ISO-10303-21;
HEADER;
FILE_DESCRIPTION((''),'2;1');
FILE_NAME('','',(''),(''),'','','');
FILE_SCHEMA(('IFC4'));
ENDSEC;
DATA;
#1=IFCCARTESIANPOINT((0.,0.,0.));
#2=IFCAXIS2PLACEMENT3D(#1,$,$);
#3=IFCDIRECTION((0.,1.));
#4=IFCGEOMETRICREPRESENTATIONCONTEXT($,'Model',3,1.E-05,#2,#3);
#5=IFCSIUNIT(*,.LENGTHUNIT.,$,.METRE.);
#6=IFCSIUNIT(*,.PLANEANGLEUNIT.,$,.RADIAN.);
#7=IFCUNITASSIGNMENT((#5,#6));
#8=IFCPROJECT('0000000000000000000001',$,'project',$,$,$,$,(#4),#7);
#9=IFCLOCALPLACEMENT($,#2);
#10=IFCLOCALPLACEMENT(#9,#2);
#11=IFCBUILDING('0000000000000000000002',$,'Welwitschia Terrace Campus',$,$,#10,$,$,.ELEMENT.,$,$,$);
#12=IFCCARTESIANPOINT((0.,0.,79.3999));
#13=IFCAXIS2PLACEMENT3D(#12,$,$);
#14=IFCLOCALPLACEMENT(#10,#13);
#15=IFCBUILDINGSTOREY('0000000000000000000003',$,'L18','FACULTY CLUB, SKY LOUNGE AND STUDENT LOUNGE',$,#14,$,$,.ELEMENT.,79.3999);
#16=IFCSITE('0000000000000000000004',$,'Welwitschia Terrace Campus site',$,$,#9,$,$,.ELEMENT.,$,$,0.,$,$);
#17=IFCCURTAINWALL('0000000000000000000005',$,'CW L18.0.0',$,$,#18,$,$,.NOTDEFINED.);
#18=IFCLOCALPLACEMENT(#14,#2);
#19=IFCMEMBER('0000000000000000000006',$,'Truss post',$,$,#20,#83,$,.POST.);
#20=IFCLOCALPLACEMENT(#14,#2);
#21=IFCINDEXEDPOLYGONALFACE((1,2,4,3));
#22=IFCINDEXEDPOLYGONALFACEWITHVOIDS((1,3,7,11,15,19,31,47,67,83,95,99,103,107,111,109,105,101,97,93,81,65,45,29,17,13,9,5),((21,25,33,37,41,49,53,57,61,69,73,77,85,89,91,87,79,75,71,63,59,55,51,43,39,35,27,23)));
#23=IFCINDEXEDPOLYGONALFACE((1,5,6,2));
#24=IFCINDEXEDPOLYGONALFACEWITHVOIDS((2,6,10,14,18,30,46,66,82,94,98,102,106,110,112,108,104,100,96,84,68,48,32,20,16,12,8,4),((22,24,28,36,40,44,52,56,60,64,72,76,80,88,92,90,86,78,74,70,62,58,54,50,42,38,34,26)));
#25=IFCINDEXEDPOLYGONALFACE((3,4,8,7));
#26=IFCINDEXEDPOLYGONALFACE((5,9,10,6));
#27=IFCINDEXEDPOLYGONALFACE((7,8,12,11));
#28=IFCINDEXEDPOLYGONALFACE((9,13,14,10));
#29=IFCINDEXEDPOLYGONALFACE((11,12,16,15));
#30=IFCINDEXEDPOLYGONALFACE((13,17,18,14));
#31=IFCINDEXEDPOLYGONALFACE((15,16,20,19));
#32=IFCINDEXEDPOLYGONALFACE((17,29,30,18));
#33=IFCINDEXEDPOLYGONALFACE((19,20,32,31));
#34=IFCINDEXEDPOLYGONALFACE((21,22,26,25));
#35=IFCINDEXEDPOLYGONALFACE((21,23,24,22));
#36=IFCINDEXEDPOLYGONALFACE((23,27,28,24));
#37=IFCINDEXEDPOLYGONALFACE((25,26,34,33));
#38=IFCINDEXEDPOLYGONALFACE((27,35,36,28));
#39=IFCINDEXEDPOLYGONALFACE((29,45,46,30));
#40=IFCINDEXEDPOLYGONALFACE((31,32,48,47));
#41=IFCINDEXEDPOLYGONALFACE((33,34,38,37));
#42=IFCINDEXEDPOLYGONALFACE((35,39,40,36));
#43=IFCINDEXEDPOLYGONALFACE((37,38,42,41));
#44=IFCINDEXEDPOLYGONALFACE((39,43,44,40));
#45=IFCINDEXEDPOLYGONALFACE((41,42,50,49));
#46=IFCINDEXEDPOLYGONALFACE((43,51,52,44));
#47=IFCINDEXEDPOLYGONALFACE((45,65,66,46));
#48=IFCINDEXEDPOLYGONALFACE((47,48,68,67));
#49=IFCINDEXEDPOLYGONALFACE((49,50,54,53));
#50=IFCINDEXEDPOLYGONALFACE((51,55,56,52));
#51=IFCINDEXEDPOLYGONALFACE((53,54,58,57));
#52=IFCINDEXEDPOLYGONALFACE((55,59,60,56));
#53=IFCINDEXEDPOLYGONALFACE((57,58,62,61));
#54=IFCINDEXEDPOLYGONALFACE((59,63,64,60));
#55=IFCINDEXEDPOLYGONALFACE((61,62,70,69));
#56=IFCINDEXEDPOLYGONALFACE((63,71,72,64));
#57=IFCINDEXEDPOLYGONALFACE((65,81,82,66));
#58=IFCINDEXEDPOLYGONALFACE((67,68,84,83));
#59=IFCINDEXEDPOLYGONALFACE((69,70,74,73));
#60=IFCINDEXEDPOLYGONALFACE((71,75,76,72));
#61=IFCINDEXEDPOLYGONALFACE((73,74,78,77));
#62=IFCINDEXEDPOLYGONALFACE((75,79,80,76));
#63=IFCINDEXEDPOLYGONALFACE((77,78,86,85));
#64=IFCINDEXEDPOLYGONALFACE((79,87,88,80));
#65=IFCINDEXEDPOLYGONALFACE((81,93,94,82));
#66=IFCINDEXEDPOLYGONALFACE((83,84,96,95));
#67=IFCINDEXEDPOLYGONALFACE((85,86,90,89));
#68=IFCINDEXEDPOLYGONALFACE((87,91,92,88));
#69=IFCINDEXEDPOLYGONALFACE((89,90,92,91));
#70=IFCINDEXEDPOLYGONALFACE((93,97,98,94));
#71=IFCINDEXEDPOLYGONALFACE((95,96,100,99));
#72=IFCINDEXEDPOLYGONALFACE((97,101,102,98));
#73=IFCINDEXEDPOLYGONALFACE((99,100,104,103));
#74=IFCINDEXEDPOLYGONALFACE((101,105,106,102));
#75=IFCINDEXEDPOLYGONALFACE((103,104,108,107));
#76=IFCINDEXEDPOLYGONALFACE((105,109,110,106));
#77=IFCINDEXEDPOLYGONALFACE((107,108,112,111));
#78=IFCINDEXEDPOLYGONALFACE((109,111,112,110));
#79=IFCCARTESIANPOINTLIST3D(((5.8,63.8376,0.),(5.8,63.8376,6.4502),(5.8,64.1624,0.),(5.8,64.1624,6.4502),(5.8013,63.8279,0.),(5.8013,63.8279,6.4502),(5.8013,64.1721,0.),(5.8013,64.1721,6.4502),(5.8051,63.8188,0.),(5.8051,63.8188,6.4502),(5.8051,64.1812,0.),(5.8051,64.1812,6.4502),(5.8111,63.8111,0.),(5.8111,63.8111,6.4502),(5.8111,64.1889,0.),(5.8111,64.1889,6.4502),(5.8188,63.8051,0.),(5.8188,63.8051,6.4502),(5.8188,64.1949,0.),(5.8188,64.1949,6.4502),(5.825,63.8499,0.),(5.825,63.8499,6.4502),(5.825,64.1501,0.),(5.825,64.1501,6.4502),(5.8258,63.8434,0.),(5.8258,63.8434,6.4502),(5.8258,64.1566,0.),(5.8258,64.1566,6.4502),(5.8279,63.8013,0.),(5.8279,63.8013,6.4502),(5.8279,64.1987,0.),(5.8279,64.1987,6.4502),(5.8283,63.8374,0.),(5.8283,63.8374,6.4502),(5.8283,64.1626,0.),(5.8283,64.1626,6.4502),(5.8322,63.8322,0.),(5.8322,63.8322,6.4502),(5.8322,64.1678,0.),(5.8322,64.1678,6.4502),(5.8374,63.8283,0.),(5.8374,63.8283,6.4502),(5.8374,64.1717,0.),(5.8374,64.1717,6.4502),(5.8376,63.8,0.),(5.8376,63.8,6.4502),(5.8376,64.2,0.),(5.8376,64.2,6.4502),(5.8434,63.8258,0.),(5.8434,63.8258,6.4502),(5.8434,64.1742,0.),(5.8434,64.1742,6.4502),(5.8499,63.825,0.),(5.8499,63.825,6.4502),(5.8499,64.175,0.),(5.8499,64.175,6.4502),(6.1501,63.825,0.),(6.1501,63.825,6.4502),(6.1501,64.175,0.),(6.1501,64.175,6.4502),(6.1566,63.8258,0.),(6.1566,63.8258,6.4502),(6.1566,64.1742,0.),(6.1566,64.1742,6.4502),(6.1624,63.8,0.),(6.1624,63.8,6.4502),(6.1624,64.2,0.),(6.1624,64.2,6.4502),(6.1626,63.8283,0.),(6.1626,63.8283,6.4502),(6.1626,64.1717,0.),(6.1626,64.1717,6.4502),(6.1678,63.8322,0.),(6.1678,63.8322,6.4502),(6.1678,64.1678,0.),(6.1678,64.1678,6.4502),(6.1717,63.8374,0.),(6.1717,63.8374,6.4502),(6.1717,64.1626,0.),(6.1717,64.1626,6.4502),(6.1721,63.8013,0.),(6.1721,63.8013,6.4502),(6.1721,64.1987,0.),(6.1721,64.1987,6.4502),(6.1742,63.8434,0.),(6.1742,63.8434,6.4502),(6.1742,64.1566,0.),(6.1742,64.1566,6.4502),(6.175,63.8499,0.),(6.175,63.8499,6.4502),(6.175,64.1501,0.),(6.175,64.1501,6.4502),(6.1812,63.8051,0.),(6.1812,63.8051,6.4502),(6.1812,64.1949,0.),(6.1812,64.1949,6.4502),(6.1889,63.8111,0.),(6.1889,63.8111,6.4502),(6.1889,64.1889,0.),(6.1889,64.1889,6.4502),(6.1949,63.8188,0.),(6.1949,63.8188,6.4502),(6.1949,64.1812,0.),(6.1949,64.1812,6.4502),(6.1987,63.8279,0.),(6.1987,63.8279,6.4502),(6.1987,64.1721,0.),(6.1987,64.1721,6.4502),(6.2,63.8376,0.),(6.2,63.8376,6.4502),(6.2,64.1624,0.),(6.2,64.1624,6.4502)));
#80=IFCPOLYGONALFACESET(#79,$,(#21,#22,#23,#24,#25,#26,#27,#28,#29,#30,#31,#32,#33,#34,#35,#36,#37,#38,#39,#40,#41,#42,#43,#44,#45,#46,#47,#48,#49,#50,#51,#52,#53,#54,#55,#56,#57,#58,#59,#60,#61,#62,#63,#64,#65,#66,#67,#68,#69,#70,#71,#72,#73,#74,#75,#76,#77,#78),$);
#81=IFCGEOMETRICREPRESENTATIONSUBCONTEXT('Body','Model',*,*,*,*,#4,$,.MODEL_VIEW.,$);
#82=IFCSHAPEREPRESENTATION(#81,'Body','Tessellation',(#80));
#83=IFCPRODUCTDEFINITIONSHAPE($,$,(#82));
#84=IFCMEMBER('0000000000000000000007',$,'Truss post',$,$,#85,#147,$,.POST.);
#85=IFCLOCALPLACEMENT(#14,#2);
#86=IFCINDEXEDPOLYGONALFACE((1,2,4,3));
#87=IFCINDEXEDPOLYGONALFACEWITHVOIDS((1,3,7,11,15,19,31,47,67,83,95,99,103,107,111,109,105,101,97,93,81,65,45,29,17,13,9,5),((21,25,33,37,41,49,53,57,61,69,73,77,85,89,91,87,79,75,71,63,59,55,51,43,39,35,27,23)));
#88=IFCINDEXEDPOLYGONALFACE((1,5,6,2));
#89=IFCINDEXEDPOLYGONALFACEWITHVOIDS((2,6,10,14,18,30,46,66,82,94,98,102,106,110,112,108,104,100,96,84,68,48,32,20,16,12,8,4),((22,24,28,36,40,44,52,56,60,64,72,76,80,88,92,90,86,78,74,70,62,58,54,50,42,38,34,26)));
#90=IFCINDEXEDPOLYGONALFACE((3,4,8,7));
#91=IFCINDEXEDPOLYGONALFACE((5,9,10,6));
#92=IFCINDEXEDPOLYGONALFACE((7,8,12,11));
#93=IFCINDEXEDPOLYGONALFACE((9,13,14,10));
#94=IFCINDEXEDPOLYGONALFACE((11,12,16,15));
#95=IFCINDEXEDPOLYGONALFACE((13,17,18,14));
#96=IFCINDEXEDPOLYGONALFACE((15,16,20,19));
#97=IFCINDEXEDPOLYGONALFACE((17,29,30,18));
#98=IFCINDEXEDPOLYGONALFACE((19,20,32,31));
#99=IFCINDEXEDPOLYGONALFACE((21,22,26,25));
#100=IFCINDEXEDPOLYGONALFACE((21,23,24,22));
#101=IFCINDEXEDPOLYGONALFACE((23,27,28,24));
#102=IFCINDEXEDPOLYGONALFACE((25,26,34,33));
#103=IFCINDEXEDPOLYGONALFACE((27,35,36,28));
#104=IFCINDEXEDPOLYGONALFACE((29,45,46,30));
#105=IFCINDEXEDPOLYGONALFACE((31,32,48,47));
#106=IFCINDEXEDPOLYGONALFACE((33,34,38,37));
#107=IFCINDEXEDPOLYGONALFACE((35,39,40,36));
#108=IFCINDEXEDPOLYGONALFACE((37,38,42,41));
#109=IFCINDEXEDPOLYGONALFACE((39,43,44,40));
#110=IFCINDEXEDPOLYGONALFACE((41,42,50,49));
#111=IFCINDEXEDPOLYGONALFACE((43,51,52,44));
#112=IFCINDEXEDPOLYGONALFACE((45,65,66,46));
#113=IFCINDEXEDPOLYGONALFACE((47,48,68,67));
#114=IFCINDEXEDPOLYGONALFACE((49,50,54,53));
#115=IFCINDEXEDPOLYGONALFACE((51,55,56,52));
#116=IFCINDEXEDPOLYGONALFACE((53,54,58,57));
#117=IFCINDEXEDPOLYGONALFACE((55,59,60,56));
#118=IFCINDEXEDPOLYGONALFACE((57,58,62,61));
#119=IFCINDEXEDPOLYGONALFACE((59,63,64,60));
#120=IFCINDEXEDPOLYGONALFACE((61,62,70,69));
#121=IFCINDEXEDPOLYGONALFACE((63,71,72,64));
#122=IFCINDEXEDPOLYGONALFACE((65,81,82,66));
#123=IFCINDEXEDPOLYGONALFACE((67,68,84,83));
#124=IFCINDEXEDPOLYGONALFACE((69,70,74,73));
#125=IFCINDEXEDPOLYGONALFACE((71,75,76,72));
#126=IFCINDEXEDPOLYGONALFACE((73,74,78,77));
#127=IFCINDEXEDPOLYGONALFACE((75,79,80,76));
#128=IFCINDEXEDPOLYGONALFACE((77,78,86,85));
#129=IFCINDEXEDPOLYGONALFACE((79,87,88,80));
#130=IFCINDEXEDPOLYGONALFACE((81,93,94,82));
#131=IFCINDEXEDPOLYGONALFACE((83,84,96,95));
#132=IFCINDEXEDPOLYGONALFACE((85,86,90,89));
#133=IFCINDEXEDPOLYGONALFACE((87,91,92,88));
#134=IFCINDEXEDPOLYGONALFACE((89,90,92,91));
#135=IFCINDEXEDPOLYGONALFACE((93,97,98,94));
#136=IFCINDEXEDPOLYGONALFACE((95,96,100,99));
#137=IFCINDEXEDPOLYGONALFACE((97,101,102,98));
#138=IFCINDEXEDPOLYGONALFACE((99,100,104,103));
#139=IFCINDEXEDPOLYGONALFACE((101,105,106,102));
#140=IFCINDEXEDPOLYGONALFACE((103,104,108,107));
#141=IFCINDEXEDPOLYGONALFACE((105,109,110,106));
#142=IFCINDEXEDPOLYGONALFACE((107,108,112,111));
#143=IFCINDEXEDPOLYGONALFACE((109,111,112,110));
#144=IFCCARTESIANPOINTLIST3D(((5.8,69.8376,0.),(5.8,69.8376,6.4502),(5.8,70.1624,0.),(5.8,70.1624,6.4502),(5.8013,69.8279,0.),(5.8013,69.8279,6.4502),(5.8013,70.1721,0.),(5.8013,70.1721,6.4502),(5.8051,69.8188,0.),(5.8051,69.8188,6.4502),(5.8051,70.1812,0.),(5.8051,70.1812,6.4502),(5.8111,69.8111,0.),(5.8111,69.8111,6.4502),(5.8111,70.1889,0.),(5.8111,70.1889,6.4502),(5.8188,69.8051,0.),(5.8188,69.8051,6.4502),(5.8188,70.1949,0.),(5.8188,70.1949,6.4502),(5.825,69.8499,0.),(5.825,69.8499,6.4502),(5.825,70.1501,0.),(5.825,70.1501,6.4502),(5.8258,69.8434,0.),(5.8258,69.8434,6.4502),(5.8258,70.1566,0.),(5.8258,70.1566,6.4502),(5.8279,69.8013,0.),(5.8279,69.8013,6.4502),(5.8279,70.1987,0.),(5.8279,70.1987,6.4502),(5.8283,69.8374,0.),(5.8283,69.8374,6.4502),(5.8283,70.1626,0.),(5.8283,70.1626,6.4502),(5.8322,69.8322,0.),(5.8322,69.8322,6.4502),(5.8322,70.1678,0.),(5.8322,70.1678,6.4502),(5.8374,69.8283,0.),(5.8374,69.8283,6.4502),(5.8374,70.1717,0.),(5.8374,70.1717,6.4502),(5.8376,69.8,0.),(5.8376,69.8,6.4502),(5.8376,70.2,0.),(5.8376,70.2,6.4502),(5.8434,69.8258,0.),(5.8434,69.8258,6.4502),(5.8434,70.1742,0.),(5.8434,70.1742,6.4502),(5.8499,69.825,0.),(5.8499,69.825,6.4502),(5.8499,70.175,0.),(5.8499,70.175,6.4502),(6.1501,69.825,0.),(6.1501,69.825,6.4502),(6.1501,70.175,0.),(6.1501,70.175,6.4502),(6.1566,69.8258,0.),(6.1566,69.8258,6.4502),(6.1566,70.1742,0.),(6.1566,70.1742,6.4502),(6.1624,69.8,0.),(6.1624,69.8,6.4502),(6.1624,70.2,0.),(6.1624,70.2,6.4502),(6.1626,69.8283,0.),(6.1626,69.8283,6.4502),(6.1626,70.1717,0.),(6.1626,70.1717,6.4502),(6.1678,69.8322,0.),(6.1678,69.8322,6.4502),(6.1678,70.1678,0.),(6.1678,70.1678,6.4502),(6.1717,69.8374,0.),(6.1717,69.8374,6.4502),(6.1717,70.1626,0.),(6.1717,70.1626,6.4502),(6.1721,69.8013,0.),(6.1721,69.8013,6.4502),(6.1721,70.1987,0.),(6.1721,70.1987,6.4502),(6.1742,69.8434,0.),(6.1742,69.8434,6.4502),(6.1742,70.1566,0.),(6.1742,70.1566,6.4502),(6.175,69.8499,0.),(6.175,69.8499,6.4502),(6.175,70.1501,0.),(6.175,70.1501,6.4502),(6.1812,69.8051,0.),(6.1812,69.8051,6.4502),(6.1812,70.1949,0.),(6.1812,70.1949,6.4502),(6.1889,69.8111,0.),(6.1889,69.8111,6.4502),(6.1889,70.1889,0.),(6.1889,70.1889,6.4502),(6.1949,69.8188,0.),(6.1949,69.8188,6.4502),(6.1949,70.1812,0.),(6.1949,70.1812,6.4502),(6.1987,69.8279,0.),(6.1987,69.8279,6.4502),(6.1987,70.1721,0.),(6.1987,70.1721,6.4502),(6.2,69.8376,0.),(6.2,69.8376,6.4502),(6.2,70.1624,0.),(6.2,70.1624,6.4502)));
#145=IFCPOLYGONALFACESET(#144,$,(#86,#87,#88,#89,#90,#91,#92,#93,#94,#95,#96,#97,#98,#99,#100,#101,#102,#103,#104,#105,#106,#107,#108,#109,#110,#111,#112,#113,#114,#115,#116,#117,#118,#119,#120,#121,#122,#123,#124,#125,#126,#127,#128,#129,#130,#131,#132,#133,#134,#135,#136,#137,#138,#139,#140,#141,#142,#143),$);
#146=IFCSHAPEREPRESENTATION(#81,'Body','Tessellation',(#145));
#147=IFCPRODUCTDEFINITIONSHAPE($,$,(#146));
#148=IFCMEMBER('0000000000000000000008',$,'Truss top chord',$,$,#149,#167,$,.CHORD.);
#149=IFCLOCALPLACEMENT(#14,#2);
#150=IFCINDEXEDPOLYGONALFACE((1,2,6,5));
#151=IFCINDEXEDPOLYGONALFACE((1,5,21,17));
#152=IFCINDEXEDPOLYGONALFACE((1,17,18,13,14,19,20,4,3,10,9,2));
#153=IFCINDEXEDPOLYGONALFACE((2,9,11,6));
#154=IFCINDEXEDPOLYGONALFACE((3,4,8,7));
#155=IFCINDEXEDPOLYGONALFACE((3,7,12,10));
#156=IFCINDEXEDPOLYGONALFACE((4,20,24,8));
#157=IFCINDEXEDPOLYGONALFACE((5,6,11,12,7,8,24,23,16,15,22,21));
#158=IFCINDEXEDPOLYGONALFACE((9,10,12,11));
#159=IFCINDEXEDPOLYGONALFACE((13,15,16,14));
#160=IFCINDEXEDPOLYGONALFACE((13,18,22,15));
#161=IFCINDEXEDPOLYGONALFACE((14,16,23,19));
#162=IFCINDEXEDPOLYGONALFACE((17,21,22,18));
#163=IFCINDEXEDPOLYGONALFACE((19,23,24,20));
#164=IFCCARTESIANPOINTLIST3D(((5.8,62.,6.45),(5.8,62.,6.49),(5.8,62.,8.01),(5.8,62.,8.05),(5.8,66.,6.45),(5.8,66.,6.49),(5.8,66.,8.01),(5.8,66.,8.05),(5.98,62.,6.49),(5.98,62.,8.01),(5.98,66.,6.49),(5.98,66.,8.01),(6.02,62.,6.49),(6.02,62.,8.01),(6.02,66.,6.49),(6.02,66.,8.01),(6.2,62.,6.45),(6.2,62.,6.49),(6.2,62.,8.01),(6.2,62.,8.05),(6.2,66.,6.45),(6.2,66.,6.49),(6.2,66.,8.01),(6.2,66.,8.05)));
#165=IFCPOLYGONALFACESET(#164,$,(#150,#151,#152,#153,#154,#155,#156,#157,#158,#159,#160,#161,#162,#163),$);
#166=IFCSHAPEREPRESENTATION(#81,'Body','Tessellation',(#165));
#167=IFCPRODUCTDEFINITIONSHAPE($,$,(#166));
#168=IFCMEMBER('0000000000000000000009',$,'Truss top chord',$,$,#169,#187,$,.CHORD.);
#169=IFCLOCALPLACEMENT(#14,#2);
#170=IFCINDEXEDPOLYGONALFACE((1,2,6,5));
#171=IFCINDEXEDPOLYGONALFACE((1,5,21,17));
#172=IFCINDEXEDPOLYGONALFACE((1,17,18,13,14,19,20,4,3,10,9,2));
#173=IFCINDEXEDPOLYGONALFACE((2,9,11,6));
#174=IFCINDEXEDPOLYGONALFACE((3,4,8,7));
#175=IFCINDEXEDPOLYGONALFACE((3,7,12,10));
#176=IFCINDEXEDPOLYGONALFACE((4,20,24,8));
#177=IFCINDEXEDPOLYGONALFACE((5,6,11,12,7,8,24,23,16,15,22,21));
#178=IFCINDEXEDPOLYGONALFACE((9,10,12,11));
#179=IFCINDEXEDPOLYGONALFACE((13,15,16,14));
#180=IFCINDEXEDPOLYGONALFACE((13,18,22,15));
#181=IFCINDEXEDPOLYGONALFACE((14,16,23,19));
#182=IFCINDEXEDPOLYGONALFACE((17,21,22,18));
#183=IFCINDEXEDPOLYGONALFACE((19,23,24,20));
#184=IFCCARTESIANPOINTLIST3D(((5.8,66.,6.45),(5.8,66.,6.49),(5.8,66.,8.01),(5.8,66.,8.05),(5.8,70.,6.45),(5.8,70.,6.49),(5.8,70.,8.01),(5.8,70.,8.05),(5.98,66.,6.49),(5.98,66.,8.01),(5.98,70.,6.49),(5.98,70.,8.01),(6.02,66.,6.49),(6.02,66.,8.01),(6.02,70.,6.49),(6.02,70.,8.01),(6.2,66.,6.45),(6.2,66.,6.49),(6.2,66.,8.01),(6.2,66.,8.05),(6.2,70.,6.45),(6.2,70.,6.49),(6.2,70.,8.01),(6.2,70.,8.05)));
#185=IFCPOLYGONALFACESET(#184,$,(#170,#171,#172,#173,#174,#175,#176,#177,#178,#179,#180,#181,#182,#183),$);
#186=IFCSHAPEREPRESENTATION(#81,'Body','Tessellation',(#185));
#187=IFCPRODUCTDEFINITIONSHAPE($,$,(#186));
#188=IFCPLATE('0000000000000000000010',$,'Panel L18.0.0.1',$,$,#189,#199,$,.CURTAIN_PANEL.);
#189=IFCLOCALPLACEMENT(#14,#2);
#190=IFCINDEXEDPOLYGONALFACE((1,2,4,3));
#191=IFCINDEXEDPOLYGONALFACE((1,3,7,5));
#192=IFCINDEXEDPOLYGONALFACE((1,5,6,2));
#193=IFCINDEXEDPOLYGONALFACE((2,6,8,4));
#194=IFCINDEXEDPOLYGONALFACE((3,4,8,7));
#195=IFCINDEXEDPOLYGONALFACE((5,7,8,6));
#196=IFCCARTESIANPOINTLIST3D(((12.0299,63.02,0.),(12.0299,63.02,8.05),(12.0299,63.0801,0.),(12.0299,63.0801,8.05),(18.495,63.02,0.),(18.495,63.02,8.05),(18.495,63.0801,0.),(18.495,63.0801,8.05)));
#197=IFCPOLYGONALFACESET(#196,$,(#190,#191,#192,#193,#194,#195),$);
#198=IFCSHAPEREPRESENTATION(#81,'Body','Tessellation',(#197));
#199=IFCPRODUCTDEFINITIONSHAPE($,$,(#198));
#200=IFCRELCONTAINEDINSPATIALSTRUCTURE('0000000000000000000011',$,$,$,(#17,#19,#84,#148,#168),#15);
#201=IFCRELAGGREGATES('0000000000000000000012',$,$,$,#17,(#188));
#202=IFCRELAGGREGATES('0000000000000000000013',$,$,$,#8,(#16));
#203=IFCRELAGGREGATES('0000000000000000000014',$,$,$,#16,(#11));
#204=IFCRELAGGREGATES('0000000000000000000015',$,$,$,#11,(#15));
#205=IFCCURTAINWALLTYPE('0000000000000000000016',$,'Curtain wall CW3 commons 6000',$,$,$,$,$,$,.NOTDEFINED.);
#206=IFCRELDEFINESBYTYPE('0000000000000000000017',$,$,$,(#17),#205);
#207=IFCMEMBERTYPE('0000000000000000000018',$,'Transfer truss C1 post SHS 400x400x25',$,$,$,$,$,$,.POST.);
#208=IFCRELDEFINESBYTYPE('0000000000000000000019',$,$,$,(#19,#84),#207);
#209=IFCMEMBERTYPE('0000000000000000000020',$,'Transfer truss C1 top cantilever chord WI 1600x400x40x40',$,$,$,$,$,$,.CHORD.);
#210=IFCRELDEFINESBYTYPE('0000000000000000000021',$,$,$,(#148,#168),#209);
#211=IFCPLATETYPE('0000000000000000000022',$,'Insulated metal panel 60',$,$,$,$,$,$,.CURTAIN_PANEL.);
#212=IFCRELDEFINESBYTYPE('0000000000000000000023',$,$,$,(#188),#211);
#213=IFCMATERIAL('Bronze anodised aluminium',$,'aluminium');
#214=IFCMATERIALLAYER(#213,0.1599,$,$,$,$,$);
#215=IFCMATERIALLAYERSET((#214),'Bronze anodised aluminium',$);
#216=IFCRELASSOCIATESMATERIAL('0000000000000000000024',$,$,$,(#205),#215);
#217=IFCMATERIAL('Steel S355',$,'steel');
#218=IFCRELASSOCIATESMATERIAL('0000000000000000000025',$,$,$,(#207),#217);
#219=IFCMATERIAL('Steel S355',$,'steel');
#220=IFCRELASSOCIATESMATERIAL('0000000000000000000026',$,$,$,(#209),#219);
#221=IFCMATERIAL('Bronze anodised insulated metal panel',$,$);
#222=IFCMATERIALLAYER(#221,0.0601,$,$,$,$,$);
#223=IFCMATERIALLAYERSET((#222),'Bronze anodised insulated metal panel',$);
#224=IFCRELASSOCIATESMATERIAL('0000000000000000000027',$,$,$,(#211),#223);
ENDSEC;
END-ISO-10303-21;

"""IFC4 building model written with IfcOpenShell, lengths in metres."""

from ifc_helpers import new_model, si_unit, direction, frame, origin, origin_2d, place, context, subcontext, project, spatial, rectangle, hollow_rectangle, i_section, extrude, material, layer, layer_set, material_profile, profile_set, type_object, element, aggregate, save


model = new_model("IFC4")

# Units and contexts
model_context = context("Model", 3, precision=1e-05, world=origin(), true_north=direction((0.0, 1.0)))
body_context = subcontext(model_context, "Body", "Model", "MODEL_VIEW")
ifc_project = project(units=[si_unit("LENGTHUNIT", "METRE"), si_unit("PLANEANGLEUNIT", "RADIAN")], contexts=[model_context])

# Site, building, storey
site_placement = place(None, origin())
site = spatial("IfcSite", under=ifc_project, at=site_placement, Name="Welwitschia Terrace Campus site", CompositionType="ELEMENT", RefElevation=0.0)
building_placement = place(site_placement, origin())
building = spatial("IfcBuilding", under=site, at=building_placement, Name="Welwitschia Terrace Campus", CompositionType="ELEMENT")
storey_placement = place(building_placement, frame((0.0, 0.0, 79.3999)))
storey = spatial("IfcBuildingStorey", under=building, at=storey_placement, Name="L18", Description="FACULTY CLUB, SKY LOUNGE AND STUDENT LOUNGE", CompositionType="ELEMENT", Elevation=79.3999)

# Curtain wall
ifc_material_1 = material(Name="Bronze anodised aluminium", Category="aluminium")
ifc_layer_1 = layer(ifc_material_1, 0.1599)
ifc_layer_set_1 = layer_set([ifc_layer_1], Name="Bronze anodised aluminium")
curtain_wall_type = type_object("IfcCurtainWallType", Name="Curtain wall CW3 commons 6000", PredefinedType="NOTDEFINED", material=ifc_layer_set_1)
curtain_wall_placement = place(storey_placement, origin())
curtain_wall = element("IfcCurtainWall", 1, at=curtain_wall_placement, inside=storey, type_object=curtain_wall_type, Name="CW L18.0.0", PredefinedType="NOTDEFINED")

# Members
ifc_material_2 = material(Name="Steel S355", Category="steel")
ifc_material_profile_1 = material_profile(ifc_material_2, hollow_rectangle(XDim=0.3999, YDim=0.3999, WallThickness=0.0249, InnerFilletRadius=0.0249, OuterFilletRadius=0.0376, at=origin_2d()))
ifc_profile_set_1 = profile_set([ifc_material_profile_1], Name="Steel S355")
member_type_1 = type_object("IfcMemberType", Name="Transfer truss C1 post SHS 400x400x25", PredefinedType="POST", material=ifc_profile_set_1)
for number, where, z_axis, x_axis, name in (
    (2, (6.0, 64.0, 0.0), (0.0, 0.0, 1.0), (1.0, 0.0, 0.0), "Truss post"),
    (3, (6.0, 70.0, 0.0), (0.0, 0.0, 1.0), (1.0, 0.0, 0.0), "Truss post"),
):
    element("IfcMember", number, at=place(storey_placement, frame(where, z_axis=z_axis, x_axis=x_axis)), inside=storey, type_object=member_type_1, Name=name, PredefinedType="POST", context=body_context, shape_type="SweptSolid", body=[
        extrude(hollow_rectangle(XDim=0.3999, YDim=0.3999, WallThickness=0.0249, InnerFilletRadius=0.0249, OuterFilletRadius=0.0376, at=origin_2d()), origin(), (0.0, 0.0, 1.0), 6.4502),
    ])
ifc_material_3 = material(Name="Steel S355", Category="steel")
ifc_material_profile_2 = material_profile(ifc_material_3, i_section(OverallWidth=0.3999, OverallDepth=1.6001, WebThickness=0.04, FlangeThickness=0.04, at=origin_2d()))
ifc_profile_set_2 = profile_set([ifc_material_profile_2], Name="Steel S355")
member_type_2 = type_object("IfcMemberType", Name="Transfer truss C1 top cantilever chord WI 1600x400x40x40", PredefinedType="CHORD", material=ifc_profile_set_2)
for number, where, z_axis, x_axis, name in (
    (4, (6.0, 62.0, 7.25), (0.0, 1.0, 0.0), (-1.0, 0.0, 0.0), "Truss top chord"),
    (5, (6.0, 66.0, 7.25), (0.0, 1.0, 0.0), (-1.0, 0.0, 0.0), "Truss top chord"),
):
    element("IfcMember", number, at=place(storey_placement, frame(where, z_axis=z_axis, x_axis=x_axis)), inside=storey, type_object=member_type_2, Name=name, PredefinedType="CHORD", context=body_context, shape_type="SweptSolid", body=[
        extrude(i_section(OverallWidth=0.3999, OverallDepth=1.6001, WebThickness=0.04, FlangeThickness=0.04, at=origin_2d()), origin(), (0.0, 0.0, 1.0), 4.0),
    ])

# Plate
ifc_material_4 = material(Name="Bronze anodised insulated metal panel")
ifc_layer_2 = layer(ifc_material_4, 0.0601)
ifc_layer_set_2 = layer_set([ifc_layer_2], Name="Bronze anodised insulated metal panel")
plate_type = type_object("IfcPlateType", Name="Insulated metal panel 60", PredefinedType="CURTAIN_PANEL", material=ifc_layer_set_2)
plate_1_placement = place(storey_placement, frame((15.2625, 63.05, 0.0), z_axis=(0.0, 0.0, 1.0), x_axis=(-1.0, 0.0, 0.0)))
plate_1 = element("IfcPlate", 6, at=plate_1_placement, type_object=plate_type, Name="Panel L18.0.0.1", PredefinedType="CURTAIN_PANEL", context=body_context, shape_type="SweptSolid", body=[
    extrude(rectangle(XDim=6.4651, YDim=0.0601, at=origin_2d()), origin(), (0.0, 0.0, 1.0), 8.05),
])
aggregate(curtain_wall, [plate_1])

save(model, "model.ifc")
